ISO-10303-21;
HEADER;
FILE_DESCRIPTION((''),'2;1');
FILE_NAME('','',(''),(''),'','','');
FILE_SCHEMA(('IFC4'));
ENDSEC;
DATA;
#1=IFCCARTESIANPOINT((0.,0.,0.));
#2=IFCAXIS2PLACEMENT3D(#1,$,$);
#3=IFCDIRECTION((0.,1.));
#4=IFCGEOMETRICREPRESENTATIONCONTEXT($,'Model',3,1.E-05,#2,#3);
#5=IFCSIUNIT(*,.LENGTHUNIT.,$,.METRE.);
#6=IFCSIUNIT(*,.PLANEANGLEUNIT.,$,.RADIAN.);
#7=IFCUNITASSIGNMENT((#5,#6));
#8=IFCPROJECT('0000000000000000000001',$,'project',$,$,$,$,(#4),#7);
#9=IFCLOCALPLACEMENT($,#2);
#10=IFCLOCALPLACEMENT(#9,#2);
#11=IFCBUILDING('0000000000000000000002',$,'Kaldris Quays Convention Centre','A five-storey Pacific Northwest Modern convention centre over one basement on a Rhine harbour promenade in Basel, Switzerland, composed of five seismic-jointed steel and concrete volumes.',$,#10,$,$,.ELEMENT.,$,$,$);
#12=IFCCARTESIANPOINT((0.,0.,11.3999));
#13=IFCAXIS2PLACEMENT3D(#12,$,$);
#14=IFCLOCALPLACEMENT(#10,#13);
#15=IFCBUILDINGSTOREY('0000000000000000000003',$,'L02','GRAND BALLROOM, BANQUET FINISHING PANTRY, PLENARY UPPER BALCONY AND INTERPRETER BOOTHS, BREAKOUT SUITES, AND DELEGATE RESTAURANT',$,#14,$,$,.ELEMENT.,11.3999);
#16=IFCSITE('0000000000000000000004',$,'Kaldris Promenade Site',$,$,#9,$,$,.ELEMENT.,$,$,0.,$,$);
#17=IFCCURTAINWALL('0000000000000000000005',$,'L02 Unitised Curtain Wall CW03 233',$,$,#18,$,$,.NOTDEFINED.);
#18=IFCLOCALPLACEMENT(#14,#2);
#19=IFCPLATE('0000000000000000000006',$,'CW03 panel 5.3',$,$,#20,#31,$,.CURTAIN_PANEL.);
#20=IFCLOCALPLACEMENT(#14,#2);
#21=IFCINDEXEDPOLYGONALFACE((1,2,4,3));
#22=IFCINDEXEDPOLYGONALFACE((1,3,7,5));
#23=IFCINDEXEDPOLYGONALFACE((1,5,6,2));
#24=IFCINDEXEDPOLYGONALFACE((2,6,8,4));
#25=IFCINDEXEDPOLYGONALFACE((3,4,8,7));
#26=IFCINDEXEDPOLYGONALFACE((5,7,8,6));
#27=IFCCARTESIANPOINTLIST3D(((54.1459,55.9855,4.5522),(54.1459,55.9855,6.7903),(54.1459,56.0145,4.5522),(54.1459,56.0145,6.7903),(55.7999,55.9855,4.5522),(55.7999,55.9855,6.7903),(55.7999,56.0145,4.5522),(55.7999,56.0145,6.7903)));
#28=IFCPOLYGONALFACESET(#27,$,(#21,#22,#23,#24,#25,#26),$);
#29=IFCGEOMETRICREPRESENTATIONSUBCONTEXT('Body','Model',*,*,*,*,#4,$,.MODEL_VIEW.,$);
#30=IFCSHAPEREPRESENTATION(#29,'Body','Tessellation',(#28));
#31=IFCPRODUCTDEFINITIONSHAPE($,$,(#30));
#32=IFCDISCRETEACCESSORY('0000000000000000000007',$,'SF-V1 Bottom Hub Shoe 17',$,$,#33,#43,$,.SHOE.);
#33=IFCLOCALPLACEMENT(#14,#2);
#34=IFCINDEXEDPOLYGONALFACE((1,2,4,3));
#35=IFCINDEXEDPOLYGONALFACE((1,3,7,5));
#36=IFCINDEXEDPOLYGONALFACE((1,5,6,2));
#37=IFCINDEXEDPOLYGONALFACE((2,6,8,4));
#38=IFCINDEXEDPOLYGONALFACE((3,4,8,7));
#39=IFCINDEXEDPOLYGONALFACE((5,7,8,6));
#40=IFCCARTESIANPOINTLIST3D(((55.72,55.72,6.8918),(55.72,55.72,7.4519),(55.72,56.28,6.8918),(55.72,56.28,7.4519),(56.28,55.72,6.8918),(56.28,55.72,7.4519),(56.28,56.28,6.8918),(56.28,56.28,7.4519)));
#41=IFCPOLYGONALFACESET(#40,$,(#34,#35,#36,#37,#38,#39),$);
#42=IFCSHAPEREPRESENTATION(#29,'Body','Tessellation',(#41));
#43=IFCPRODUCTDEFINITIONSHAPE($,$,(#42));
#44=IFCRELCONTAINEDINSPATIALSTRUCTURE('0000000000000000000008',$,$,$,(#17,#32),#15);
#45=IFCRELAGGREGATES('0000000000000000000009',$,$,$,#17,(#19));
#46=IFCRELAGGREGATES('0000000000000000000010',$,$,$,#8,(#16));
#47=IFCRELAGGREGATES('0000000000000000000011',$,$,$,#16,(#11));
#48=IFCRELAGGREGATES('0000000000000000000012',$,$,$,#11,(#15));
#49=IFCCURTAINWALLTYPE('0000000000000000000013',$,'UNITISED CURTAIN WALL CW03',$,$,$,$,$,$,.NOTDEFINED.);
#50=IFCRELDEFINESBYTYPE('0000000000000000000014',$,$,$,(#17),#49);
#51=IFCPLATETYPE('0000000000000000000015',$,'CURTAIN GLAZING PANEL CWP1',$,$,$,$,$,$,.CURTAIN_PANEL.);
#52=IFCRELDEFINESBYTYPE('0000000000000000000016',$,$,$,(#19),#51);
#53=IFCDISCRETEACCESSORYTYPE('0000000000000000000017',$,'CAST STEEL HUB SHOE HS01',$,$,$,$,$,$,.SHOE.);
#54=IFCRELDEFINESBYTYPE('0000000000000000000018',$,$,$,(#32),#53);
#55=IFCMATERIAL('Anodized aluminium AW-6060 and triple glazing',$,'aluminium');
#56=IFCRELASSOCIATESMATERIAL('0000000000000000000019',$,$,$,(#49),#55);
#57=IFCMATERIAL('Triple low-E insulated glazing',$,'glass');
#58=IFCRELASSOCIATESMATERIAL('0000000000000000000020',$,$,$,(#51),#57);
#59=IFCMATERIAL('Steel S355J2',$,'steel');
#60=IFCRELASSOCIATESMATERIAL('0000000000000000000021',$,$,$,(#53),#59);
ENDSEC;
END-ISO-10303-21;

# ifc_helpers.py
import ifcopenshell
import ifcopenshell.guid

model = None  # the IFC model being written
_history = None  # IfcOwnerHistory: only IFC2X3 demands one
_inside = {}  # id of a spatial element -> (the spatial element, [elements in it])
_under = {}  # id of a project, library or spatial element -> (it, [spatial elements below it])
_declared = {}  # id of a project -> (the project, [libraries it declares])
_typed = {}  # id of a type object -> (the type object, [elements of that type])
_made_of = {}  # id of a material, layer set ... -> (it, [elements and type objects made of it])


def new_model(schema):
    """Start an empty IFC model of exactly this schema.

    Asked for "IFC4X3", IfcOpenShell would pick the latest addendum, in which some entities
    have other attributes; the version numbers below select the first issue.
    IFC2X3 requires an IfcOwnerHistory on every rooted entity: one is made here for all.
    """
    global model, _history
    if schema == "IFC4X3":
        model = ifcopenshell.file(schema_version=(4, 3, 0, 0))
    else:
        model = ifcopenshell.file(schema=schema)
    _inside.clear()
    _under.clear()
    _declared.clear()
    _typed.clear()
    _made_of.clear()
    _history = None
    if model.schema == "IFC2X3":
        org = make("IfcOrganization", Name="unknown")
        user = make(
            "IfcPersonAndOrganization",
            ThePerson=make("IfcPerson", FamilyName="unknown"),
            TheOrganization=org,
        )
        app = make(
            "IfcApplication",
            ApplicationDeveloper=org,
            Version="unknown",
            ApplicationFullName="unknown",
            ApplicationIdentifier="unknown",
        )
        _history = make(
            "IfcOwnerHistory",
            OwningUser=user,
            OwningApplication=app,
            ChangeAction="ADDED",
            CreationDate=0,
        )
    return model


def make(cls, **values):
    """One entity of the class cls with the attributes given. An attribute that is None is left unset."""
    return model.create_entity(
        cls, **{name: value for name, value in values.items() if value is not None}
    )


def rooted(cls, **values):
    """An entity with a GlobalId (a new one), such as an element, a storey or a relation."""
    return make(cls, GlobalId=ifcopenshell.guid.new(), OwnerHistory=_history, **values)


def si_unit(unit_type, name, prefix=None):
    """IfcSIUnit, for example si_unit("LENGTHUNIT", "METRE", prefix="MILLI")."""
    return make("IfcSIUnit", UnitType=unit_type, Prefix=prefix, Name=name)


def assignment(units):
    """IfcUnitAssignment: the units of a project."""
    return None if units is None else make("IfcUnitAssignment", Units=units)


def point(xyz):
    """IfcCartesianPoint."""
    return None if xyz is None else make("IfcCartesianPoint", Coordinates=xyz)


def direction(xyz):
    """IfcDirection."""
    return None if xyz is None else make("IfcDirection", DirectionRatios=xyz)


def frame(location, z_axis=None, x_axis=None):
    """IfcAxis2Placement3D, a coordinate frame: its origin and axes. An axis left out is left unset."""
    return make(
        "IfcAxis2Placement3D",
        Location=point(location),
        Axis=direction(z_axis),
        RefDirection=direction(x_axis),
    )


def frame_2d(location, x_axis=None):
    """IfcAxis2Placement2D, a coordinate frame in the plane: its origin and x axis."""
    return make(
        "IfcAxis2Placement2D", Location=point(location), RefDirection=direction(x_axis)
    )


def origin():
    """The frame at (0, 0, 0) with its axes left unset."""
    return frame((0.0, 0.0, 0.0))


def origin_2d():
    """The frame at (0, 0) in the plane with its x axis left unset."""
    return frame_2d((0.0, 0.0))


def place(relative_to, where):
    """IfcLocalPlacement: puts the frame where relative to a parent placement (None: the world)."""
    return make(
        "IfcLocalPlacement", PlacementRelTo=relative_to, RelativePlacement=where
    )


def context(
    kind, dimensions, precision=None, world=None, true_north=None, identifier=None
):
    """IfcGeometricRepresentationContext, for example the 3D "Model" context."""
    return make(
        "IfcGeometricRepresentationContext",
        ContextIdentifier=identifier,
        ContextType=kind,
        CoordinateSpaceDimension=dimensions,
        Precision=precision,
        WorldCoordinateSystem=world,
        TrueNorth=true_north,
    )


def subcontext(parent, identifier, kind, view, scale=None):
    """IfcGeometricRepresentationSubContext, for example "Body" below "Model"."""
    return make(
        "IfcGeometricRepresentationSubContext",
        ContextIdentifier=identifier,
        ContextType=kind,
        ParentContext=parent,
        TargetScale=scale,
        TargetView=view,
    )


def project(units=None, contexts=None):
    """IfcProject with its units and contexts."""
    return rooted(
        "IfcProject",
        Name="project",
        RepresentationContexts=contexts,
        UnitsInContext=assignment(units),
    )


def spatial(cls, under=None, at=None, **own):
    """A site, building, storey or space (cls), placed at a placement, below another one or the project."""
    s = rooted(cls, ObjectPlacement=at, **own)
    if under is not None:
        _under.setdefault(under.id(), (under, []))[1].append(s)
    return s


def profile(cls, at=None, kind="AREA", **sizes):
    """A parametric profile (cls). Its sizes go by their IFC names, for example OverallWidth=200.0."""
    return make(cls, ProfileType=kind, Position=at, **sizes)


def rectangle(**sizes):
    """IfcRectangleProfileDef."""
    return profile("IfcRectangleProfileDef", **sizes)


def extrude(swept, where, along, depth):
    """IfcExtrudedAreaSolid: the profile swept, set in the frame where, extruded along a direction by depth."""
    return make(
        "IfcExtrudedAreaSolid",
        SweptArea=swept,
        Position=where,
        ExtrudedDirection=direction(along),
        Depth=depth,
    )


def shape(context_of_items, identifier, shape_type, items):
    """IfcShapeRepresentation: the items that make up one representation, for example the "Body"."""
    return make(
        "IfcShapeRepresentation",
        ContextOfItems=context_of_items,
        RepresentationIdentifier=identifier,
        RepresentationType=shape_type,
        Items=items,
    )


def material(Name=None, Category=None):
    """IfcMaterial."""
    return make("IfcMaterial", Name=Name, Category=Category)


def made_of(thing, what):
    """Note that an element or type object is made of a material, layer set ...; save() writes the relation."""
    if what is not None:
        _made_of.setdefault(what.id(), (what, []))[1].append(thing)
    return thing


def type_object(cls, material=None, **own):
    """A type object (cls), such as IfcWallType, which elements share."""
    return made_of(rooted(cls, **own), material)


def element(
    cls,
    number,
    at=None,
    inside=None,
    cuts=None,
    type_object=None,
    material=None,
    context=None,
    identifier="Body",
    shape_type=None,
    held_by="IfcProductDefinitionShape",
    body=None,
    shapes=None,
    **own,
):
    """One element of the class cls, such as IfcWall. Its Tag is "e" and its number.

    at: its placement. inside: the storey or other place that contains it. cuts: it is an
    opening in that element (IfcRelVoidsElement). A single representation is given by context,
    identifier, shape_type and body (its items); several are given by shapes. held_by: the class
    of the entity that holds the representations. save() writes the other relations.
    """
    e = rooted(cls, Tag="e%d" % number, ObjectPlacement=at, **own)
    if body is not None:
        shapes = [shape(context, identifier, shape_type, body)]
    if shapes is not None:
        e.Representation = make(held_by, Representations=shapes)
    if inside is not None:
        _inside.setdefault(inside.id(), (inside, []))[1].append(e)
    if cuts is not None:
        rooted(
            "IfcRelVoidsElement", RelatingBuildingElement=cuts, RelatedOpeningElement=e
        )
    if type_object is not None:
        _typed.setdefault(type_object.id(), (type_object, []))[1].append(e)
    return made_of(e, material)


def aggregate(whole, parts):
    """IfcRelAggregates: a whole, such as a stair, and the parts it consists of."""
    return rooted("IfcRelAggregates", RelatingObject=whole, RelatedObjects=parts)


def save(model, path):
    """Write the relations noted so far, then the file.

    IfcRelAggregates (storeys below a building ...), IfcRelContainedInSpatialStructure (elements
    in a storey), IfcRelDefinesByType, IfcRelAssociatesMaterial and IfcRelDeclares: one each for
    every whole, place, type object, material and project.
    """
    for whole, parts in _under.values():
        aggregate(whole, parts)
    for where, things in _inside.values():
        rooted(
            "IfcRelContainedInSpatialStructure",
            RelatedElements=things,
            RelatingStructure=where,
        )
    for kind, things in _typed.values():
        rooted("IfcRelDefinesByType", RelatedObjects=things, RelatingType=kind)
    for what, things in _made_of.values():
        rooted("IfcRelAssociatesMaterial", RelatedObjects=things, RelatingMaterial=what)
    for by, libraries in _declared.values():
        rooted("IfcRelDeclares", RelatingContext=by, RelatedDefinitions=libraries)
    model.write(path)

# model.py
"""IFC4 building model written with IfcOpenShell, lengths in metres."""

from ifc_helpers import new_model, si_unit, direction, frame, origin, origin_2d, place, context, subcontext, project, spatial, rectangle, extrude, material, type_object, element, aggregate, save


model = new_model("IFC4")

# Units and contexts
model_context = context("Model", 3, precision=1e-05, world=origin(), true_north=direction((0.0, 1.0)))
body_context = subcontext(model_context, "Body", "Model", "MODEL_VIEW")
ifc_project = project(units=[si_unit("LENGTHUNIT", "METRE"), si_unit("PLANEANGLEUNIT", "RADIAN")], contexts=[model_context])

# Site, building, storey
site_placement = place(None, origin())
site = spatial("IfcSite", under=ifc_project, at=site_placement, Name="Kaldris Promenade Site", CompositionType="ELEMENT", RefElevation=0.0)
building_placement = place(site_placement, origin())
building = spatial("IfcBuilding", under=site, at=building_placement, Name="Kaldris Quays Convention Centre", Description="A five-storey Pacific Northwest Modern convention centre over one basement on a Rhine harbour promenade in Basel, Switzerland, composed of five seismic-jointed steel and concrete volumes.", CompositionType="ELEMENT")
storey_placement = place(building_placement, frame((0.0, 0.0, 11.3999)))
storey = spatial("IfcBuildingStorey", under=building, at=storey_placement, Name="L02", Description="GRAND BALLROOM, BANQUET FINISHING PANTRY, PLENARY UPPER BALCONY AND INTERPRETER BOOTHS, BREAKOUT SUITES, AND DELEGATE RESTAURANT", CompositionType="ELEMENT", Elevation=11.3999)

# Shared definitions
ifc_material_1 = material(Name="Steel S355J2", Category="steel")

# Curtain wall
ifc_material_2 = material(Name="Anodized aluminium AW-6060 and triple glazing", Category="aluminium")
curtain_wall_type = type_object("IfcCurtainWallType", Name="UNITISED CURTAIN WALL CW03", PredefinedType="NOTDEFINED", material=ifc_material_2)
curtain_wall_placement = place(storey_placement, origin())
curtain_wall = element("IfcCurtainWall", 1, at=curtain_wall_placement, inside=storey, type_object=curtain_wall_type, Name="L02 Unitised Curtain Wall CW03 233", PredefinedType="NOTDEFINED")

# Plate
ifc_material_3 = material(Name="Triple low-E insulated glazing", Category="glass")
plate_type = type_object("IfcPlateType", Name="CURTAIN GLAZING PANEL CWP1", PredefinedType="CURTAIN_PANEL", material=ifc_material_3)
plate_1_placement = place(storey_placement, frame((54.9729, 56.0, 4.5522), z_axis=(0.0, 0.0, 1.0), x_axis=(1.0, 0.0, 0.0)))
plate_1 = element("IfcPlate", 2, at=plate_1_placement, type_object=plate_type, Name="CW03 panel 5.3", PredefinedType="CURTAIN_PANEL", context=body_context, shape_type="SweptSolid", body=[
    extrude(rectangle(XDim=1.6541, YDim=0.0291, at=origin_2d()), origin(), (0.0, 0.0, 1.0), 2.238),
])
aggregate(curtain_wall, [plate_1])

# Discrete accessory
discrete_accessory_type = type_object("IfcDiscreteAccessoryType", Name="CAST STEEL HUB SHOE HS01", PredefinedType="SHOE", material=ifc_material_1)
discrete_accessory_placement = place(storey_placement, frame((56.0, 56.0, 6.8918), z_axis=(0.0, 0.0, 1.0), x_axis=(1.0, 0.0, 0.0)))
element("IfcDiscreteAccessory", 3, at=discrete_accessory_placement, inside=storey, type_object=discrete_accessory_type, Name="SF-V1 Bottom Hub Shoe 17", PredefinedType="SHOE", context=body_context, shape_type="SweptSolid", body=[
    extrude(rectangle(XDim=0.5601, YDim=0.5601, at=origin_2d()), origin(), (0.0, 0.0, 1.0), 0.5601),
])

save(model, "model.ifc")
